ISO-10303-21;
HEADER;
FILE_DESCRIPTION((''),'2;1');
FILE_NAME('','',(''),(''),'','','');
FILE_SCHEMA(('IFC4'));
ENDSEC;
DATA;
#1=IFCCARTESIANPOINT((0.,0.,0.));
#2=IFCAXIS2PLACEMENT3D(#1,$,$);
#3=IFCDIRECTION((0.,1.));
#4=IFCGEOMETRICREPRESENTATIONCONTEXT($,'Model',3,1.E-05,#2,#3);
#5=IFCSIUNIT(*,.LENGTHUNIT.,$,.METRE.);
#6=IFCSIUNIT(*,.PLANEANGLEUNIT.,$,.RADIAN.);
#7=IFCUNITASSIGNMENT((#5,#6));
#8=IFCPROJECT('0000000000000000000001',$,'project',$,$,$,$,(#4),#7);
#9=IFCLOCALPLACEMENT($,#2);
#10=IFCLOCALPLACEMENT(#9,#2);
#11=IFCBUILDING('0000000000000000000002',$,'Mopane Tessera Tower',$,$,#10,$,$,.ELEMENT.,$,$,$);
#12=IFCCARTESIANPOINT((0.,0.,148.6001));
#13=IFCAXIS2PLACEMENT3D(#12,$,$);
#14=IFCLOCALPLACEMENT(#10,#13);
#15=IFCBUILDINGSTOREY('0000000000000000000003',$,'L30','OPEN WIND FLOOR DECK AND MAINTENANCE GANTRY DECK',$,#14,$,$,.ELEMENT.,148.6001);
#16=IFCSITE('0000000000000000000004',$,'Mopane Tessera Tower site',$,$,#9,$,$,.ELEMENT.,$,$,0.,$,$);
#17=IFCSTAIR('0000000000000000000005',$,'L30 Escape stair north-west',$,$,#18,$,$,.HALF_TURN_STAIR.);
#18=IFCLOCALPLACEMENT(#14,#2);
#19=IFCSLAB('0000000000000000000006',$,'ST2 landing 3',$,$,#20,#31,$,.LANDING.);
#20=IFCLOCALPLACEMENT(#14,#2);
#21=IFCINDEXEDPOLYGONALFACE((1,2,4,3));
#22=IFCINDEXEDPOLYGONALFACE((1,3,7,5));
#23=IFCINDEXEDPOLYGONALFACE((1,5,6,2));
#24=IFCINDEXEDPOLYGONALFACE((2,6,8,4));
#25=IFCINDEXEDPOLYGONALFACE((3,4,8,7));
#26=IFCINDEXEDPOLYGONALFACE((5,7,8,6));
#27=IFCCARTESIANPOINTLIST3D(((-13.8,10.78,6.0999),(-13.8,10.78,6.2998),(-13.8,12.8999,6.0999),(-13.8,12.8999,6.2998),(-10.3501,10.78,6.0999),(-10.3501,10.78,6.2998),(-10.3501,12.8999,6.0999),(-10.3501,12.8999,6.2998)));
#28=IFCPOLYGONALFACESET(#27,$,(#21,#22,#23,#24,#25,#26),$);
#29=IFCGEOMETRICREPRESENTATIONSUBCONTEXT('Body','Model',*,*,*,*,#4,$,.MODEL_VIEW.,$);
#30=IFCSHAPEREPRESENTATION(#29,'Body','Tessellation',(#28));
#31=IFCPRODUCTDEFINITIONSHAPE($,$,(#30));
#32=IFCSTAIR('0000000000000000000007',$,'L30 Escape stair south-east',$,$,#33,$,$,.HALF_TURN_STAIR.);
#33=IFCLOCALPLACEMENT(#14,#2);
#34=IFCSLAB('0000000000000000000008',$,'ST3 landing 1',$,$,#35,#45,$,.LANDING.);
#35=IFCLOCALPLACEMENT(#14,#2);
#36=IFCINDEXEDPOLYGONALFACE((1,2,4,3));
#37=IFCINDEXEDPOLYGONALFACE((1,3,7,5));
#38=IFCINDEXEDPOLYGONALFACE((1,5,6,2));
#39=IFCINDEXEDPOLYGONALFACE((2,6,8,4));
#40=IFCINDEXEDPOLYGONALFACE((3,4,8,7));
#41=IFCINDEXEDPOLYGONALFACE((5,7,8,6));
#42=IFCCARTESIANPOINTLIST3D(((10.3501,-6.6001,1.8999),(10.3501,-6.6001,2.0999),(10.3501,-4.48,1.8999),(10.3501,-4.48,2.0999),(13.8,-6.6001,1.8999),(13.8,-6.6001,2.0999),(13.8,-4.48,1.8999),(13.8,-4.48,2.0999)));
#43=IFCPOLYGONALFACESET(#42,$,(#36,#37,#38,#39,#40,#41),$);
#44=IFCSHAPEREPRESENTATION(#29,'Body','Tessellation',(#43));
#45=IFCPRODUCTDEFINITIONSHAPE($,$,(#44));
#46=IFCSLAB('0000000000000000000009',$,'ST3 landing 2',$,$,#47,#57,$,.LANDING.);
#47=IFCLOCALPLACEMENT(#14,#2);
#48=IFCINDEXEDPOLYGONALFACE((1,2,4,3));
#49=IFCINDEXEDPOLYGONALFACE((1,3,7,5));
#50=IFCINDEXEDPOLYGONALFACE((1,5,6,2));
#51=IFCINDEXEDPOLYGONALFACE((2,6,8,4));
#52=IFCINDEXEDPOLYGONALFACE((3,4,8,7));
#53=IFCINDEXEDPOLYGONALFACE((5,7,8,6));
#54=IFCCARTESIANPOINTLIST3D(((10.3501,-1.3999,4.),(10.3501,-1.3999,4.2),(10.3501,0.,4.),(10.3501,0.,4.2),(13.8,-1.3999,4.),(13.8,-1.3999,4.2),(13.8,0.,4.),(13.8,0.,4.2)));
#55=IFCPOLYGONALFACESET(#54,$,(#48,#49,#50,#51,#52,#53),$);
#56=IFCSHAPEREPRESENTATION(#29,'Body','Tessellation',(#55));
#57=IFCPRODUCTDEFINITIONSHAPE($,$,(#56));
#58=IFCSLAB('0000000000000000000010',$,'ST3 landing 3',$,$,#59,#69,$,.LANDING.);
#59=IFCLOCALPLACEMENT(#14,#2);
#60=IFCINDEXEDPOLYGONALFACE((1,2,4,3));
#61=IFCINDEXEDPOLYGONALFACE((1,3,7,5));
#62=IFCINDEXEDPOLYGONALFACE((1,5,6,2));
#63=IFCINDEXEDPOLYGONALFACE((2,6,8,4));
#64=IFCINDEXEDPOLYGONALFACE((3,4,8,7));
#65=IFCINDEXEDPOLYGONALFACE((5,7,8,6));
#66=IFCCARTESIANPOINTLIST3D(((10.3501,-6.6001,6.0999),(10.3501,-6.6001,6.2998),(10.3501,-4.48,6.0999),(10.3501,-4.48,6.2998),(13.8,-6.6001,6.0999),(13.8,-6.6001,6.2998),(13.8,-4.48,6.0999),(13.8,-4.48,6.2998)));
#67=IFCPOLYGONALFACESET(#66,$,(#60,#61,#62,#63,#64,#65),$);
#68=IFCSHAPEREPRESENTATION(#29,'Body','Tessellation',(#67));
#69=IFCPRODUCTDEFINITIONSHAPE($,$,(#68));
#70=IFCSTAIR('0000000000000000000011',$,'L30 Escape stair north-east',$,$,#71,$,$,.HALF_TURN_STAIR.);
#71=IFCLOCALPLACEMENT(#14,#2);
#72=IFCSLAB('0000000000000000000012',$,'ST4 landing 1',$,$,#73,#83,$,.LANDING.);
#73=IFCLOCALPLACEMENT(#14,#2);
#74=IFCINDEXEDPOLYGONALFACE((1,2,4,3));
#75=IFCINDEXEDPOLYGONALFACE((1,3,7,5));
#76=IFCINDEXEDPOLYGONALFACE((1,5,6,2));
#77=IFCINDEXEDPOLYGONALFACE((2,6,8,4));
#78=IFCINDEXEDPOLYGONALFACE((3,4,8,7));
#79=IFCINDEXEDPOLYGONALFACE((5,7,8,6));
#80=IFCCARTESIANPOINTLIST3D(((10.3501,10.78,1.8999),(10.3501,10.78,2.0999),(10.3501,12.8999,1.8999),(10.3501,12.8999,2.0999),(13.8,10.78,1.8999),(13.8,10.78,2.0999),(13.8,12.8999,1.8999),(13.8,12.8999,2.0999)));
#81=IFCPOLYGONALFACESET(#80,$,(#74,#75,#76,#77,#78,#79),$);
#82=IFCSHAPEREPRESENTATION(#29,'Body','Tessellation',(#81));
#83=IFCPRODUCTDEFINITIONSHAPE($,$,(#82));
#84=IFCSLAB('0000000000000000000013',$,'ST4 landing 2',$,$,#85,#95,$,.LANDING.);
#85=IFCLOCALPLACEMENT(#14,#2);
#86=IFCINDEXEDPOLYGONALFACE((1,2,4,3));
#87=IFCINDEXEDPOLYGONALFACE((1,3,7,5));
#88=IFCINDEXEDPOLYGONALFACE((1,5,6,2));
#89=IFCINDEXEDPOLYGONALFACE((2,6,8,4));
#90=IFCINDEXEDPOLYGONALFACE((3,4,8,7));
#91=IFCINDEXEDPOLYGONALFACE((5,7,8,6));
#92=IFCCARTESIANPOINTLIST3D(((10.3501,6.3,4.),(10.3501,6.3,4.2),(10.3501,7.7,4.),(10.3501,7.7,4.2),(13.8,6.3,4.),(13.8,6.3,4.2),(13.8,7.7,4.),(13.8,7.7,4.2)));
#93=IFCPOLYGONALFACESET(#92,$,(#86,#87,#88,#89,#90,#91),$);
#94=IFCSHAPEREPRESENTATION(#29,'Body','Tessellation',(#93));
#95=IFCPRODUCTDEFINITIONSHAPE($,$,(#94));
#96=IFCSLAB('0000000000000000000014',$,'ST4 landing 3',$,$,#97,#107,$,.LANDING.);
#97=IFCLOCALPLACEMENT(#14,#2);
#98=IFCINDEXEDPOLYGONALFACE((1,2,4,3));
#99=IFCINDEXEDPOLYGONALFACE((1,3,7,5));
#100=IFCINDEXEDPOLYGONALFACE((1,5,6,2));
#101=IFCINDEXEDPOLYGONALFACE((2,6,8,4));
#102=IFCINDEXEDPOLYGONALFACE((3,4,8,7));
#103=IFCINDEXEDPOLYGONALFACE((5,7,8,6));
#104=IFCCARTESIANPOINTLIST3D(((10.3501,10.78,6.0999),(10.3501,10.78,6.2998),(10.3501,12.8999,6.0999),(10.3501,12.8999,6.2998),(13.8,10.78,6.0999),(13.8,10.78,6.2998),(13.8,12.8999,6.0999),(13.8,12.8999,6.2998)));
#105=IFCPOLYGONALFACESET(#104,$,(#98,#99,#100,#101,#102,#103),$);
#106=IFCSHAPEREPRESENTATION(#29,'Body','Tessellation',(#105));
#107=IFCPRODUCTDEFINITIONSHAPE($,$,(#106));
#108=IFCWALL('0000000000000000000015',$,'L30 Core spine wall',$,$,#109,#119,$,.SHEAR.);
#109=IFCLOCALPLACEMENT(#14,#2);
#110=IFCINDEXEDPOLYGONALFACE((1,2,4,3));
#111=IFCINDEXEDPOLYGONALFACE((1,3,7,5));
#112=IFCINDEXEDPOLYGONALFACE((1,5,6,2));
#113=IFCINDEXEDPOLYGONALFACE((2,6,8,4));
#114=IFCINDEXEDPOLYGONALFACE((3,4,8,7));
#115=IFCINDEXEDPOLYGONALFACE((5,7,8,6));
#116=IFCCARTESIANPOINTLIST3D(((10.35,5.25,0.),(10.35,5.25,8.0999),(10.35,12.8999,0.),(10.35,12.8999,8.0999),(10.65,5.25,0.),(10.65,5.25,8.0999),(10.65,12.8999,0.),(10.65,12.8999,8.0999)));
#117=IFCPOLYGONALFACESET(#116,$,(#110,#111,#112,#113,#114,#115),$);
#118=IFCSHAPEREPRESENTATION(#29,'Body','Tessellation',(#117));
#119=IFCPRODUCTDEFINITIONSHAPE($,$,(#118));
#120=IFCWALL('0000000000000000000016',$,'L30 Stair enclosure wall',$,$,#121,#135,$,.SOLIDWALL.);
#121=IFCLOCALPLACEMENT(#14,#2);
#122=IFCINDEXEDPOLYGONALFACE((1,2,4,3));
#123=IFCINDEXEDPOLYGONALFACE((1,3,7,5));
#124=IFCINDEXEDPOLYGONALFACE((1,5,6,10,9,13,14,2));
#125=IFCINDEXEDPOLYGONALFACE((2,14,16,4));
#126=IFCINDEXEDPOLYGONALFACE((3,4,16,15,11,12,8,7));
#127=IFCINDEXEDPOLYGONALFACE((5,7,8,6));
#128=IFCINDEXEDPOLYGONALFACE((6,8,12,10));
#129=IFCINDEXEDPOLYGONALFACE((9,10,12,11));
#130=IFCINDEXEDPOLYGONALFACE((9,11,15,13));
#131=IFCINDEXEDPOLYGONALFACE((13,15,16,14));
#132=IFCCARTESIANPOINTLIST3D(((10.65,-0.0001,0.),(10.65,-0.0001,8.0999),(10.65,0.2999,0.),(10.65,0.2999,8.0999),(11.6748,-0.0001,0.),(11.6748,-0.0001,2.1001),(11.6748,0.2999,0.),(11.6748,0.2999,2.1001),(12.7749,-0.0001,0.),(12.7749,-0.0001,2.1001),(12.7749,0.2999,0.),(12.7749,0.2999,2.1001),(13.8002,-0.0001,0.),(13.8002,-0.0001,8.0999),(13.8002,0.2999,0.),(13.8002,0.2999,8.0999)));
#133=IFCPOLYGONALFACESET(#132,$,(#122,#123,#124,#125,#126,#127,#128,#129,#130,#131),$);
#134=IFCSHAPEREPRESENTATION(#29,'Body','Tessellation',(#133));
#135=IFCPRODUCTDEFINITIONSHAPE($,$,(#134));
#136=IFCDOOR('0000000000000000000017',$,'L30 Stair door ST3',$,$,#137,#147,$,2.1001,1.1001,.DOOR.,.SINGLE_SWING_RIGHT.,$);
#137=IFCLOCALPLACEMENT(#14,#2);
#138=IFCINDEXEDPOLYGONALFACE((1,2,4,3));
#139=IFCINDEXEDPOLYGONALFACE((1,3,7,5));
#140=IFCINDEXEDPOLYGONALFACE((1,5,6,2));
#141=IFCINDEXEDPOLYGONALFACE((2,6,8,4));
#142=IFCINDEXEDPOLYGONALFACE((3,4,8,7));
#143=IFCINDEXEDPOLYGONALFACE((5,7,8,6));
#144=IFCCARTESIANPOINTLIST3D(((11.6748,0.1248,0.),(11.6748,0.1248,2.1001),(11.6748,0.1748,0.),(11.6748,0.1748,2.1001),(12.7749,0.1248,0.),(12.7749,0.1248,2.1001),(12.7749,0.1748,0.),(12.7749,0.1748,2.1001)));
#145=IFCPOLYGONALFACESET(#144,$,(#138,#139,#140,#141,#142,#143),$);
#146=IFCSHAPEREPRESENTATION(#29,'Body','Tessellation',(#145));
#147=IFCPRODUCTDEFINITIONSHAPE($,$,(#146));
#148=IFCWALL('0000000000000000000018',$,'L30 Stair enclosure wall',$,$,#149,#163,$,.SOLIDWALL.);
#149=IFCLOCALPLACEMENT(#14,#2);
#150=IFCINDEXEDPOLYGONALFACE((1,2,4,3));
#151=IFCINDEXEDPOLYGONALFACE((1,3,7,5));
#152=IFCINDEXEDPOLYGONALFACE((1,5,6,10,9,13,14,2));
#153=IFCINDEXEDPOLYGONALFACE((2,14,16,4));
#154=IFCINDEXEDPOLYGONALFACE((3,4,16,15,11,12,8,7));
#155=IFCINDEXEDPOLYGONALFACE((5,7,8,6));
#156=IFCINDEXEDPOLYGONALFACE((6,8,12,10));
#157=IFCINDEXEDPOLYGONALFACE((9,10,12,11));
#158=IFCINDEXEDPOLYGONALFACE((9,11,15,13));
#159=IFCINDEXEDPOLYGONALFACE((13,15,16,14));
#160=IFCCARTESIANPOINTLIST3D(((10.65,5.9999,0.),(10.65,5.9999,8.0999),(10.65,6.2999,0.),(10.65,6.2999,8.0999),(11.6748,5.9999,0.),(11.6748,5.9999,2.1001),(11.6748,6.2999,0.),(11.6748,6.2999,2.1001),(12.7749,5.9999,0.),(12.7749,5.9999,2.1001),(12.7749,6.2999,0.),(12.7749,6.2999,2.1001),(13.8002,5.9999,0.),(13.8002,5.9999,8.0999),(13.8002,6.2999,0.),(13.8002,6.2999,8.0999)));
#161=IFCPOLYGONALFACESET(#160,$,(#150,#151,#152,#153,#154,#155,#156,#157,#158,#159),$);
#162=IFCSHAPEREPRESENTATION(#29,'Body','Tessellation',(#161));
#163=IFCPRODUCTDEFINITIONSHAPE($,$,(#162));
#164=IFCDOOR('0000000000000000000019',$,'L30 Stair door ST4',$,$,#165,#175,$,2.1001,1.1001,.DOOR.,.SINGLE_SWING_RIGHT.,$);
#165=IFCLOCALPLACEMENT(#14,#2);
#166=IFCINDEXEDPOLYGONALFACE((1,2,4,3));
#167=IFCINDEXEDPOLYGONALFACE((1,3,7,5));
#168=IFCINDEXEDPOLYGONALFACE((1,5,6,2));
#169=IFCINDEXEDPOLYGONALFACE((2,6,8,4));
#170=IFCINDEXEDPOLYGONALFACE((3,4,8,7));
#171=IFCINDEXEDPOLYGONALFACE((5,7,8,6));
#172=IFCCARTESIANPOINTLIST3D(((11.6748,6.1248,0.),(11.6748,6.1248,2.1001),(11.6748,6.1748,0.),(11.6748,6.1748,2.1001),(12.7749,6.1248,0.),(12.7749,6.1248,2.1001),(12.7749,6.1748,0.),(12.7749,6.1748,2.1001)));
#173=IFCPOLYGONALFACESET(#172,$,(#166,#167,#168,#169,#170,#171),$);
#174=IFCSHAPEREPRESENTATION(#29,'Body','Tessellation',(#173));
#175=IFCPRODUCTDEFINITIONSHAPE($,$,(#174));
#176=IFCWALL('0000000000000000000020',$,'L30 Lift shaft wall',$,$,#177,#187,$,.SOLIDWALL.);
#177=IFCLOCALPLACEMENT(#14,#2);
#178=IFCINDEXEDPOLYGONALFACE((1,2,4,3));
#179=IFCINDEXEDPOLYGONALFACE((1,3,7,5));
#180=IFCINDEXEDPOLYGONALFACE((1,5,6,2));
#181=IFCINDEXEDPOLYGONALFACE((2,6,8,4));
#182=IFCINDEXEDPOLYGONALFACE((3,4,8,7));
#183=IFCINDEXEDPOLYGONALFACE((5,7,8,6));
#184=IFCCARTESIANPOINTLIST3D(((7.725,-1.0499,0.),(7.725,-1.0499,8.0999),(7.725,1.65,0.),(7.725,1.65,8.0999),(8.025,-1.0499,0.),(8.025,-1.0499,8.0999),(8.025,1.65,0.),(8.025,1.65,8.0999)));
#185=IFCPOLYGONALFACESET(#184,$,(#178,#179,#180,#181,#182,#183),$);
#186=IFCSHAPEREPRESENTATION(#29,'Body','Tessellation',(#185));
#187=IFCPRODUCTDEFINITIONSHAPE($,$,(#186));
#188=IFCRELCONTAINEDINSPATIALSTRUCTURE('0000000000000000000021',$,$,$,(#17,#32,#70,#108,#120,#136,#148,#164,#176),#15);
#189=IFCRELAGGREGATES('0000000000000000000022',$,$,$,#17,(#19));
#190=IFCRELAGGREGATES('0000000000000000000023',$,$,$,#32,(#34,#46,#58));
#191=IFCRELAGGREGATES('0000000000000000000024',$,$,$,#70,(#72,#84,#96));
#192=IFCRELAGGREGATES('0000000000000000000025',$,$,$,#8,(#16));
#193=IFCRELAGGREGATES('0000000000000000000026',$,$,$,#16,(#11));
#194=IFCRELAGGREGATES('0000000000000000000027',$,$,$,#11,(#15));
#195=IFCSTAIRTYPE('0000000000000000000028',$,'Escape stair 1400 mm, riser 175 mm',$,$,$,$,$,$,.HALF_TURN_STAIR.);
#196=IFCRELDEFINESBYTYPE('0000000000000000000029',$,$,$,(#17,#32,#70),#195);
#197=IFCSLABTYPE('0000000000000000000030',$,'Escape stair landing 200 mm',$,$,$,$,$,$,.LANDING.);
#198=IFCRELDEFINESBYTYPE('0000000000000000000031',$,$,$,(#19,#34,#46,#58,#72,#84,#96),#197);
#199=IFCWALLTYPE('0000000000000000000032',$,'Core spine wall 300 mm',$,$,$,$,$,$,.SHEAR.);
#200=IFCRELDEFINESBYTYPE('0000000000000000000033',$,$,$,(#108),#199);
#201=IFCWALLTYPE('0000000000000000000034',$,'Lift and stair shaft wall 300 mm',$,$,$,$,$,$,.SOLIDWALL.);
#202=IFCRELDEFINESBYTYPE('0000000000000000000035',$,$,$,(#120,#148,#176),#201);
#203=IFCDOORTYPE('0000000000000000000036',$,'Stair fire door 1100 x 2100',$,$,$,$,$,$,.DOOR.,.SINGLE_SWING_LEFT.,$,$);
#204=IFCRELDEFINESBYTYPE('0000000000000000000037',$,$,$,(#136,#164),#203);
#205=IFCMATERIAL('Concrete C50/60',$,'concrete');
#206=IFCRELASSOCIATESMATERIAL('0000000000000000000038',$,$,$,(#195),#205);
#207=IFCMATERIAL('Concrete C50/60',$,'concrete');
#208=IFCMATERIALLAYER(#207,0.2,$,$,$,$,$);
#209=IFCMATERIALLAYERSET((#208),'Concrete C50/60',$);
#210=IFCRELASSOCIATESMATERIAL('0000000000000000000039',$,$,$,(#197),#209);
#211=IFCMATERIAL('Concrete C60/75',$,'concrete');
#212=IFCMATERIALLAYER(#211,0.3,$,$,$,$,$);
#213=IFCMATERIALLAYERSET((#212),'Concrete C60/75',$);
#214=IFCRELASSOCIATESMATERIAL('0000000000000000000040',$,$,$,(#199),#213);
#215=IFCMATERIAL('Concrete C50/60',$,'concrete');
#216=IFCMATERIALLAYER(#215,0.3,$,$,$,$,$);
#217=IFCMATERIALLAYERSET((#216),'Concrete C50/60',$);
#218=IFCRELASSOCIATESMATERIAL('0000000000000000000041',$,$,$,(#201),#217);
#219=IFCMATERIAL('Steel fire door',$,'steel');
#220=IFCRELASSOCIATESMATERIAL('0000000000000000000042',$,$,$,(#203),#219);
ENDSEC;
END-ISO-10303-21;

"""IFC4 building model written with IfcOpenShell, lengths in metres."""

from ifc_helpers import new_model, si_unit, direction, frame, frame_2d, origin, place, context, subcontext, project, spatial, polyline, rectangle, outline, extrude, material, layer, layer_set, type_object, element, fill, aggregate, save


model = new_model("IFC4")

# Units and contexts
model_context = context("Model", 3, precision=1e-05, world=origin(), true_north=direction((0.0, 1.0)))
body_context = subcontext(model_context, "Body", "Model", "MODEL_VIEW")
ifc_project = project(units=[si_unit("LENGTHUNIT", "METRE"), si_unit("PLANEANGLEUNIT", "RADIAN")], contexts=[model_context])

# Site, building, storey
site_placement = place(None, origin())
site = spatial("IfcSite", under=ifc_project, at=site_placement, Name="Mopane Tessera Tower site", CompositionType="ELEMENT", RefElevation=0.0)
building_placement = place(site_placement, origin())
building = spatial("IfcBuilding", under=site, at=building_placement, Name="Mopane Tessera Tower", CompositionType="ELEMENT")
storey_placement = place(building_placement, frame((0.0, 0.0, 148.6001)))
storey = spatial("IfcBuildingStorey", under=building, at=storey_placement, Name="L30", Description="OPEN WIND FLOOR DECK AND MAINTENANCE GANTRY DECK", CompositionType="ELEMENT", Elevation=148.6001)

# Stairs, slabs
ifc_material_1 = material(Name="Concrete C50/60", Category="concrete")
stair_type = type_object("IfcStairType", Name="Escape stair 1400 mm, riser 175 mm", PredefinedType="HALF_TURN_STAIR", material=ifc_material_1)
ifc_material_2 = material(Name="Concrete C50/60", Category="concrete")
ifc_layer_1 = layer(ifc_material_2, 0.2)
ifc_layer_set_1 = layer_set([ifc_layer_1], Name="Concrete C50/60")
slab_type_1 = type_object("IfcSlabType", Name="Escape stair landing 200 mm", PredefinedType="LANDING", material=ifc_layer_set_1)
stair_1_placement = place(storey_placement, origin())
stair_1 = element("IfcStair", 1, at=stair_1_placement, inside=storey, type_object=stair_type, Name="L30 Escape stair north-west", PredefinedType="HALF_TURN_STAIR")
slab_1_placement = place(storey_placement, frame((0.0, 0.0, 6.0999)))
slab_1 = element("IfcSlab", 2, at=slab_1_placement, type_object=slab_type_1, Name="ST2 landing 3", PredefinedType="LANDING", context=body_context, shape_type="SweptSolid", body=[
    extrude(outline(polyline([(-10.3501, 10.78), (-10.3501, 12.8999), (-13.8, 12.8999), (-13.8, 10.78), (-10.3501, 10.78)])), origin(), (0.0, 0.0, 1.0), 0.2),
])
aggregate(stair_1, [slab_1])
stair_2_placement = place(storey_placement, origin())
stair_2 = element("IfcStair", 3, at=stair_2_placement, inside=storey, type_object=stair_type, Name="L30 Escape stair south-east", PredefinedType="HALF_TURN_STAIR")
slab_2_placement = place(storey_placement, frame((0.0, 0.0, 1.8999)))
slab_2 = element("IfcSlab", 4, at=slab_2_placement, type_object=slab_type_1, Name="ST3 landing 1", PredefinedType="LANDING", context=body_context, shape_type="SweptSolid", body=[
    extrude(outline(polyline([(10.3501, -4.48), (10.3501, -6.6001), (13.8, -6.6001), (13.8, -4.48), (10.3501, -4.48)])), origin(), (0.0, 0.0, 1.0), 0.2),
])
slab_3_placement = place(storey_placement, frame((0.0, 0.0, 4.0)))
slab_3 = element("IfcSlab", 5, at=slab_3_placement, type_object=slab_type_1, Name="ST3 landing 2", PredefinedType="LANDING", context=body_context, shape_type="SweptSolid", body=[
    extrude(outline(polyline([(10.3501, 0.0), (10.3501, -1.3999), (13.8, -1.3999), (13.8, 0.0), (10.3501, 0.0)])), origin(), (0.0, 0.0, 1.0), 0.2),
])
slab_4_placement = place(storey_placement, frame((0.0, 0.0, 6.0999)))
slab_4 = element("IfcSlab", 6, at=slab_4_placement, type_object=slab_type_1, Name="ST3 landing 3", PredefinedType="LANDING", context=body_context, shape_type="SweptSolid", body=[
    extrude(outline(polyline([(10.3501, -4.48), (10.3501, -6.6001), (13.8, -6.6001), (13.8, -4.48), (10.3501, -4.48)])), origin(), (0.0, 0.0, 1.0), 0.2),
])
aggregate(stair_2, [slab_2, slab_3, slab_4])
stair_3_placement = place(storey_placement, origin())
stair_3 = element("IfcStair", 7, at=stair_3_placement, inside=storey, type_object=stair_type, Name="L30 Escape stair north-east", PredefinedType="HALF_TURN_STAIR")
slab_5_placement = place(storey_placement, frame((0.0, 0.0, 1.8999)))
slab_5 = element("IfcSlab", 8, at=slab_5_placement, type_object=slab_type_1, Name="ST4 landing 1", PredefinedType="LANDING", context=body_context, shape_type="SweptSolid", body=[
    extrude(outline(polyline([(13.8, 10.78), (13.8, 12.8999), (10.3501, 12.8999), (10.3501, 10.78), (13.8, 10.78)])), origin(), (0.0, 0.0, 1.0), 0.2),
])
slab_6_placement = place(storey_placement, frame((0.0, 0.0, 4.0)))
slab_6 = element("IfcSlab", 9, at=slab_6_placement, type_object=slab_type_1, Name="ST4 landing 2", PredefinedType="LANDING", context=body_context, shape_type="SweptSolid", body=[
    extrude(outline(polyline([(13.8, 6.3), (13.8, 7.7), (10.3501, 7.7), (10.3501, 6.3), (13.8, 6.3)])), origin(), (0.0, 0.0, 1.0), 0.2),
])
slab_7_placement = place(storey_placement, frame((0.0, 0.0, 6.0999)))
slab_7 = element("IfcSlab", 10, at=slab_7_placement, type_object=slab_type_1, Name="ST4 landing 3", PredefinedType="LANDING", context=body_context, shape_type="SweptSolid", body=[
    extrude(outline(polyline([(13.8, 10.78), (13.8, 12.8999), (10.3501, 12.8999), (10.3501, 10.78), (13.8, 10.78)])), origin(), (0.0, 0.0, 1.0), 0.2),
])
aggregate(stair_3, [slab_5, slab_6, slab_7])

# Wall
ifc_material_3 = material(Name="Concrete C60/75", Category="concrete")
ifc_layer_2 = layer(ifc_material_3, 0.3)
ifc_layer_set_2 = layer_set([ifc_layer_2], Name="Concrete C60/75")
wall_type_1 = type_object("IfcWallType", Name="Core spine wall 300 mm", PredefinedType="SHEAR", material=ifc_layer_set_2)
wall_1_placement = place(storey_placement, frame((10.5, 5.25, 0.0), z_axis=(0.0, 0.0, 1.0), x_axis=(0.0, 1.0, 0.0)))
element("IfcWall", 11, at=wall_1_placement, inside=storey, type_object=wall_type_1, Name="L30 Core spine wall", PredefinedType="SHEAR", context=body_context, shape_type="SweptSolid", body=[
    extrude(rectangle(XDim=7.6499, YDim=0.3, at=frame_2d((3.825, 0.0))), origin(), (0.0, 0.0, 1.0), 8.0999),
])

# Walls, openings, doors
ifc_material_4 = material(Name="Concrete C50/60", Category="concrete")
ifc_layer_3 = layer(ifc_material_4, 0.3)
ifc_layer_set_3 = layer_set([ifc_layer_3], Name="Concrete C50/60")
wall_type_2 = type_object("IfcWallType", Name="Lift and stair shaft wall 300 mm", PredefinedType="SOLIDWALL", material=ifc_layer_set_3)
wall_2_placement = place(storey_placement, frame((10.6499, 0.1499, 0.0), z_axis=(0.0, 0.0, 1.0), x_axis=(1.0, 0.0, 0.0)))
wall_2 = element("IfcWall", 12, at=wall_2_placement, inside=storey, type_object=wall_type_2, Name="L30 Stair enclosure wall", PredefinedType="SOLIDWALL", context=body_context, shape_type="SweptSolid", body=[
    extrude(rectangle(XDim=3.1501, YDim=0.3, at=frame_2d((1.5752, 0.0))), origin(), (0.0, 0.0, 1.0), 8.0999),
])
opening_1_placement = place(wall_2_placement, frame((1.0249, 0.0, 0.0)))
opening_1 = element("IfcOpeningElement", 13, at=opening_1_placement, cuts=wall_2, PredefinedType="OPENING", context=body_context, shape_type="SweptSolid", body=[
    extrude(rectangle(XDim=1.1001, YDim=2.1001, at=frame_2d((0.55, 1.05))), frame((0.0, 0.1621, 0.0), z_axis=(0.0, -1.0, 0.0), x_axis=(1.0, 0.0, 0.0)), (0.0, 0.0, 1.0), 0.324),
])
ifc_material_5 = material(Name="Steel fire door", Category="steel")
door_type = type_object("IfcDoorType", Name="Stair fire door 1100 x 2100", OperationType="SINGLE_SWING_LEFT", PredefinedType="DOOR", material=ifc_material_5)
door_1_placement = place(opening_1_placement, origin())
door_1 = element("IfcDoor", 14, at=door_1_placement, inside=storey, type_object=door_type, Name="L30 Stair door ST3", OperationType="SINGLE_SWING_RIGHT", OverallHeight=2.1001, OverallWidth=1.1001, PredefinedType="DOOR", context=body_context, shape_type="SweptSolid", body=[
    extrude(rectangle(XDim=1.1001, YDim=2.1001, at=frame_2d((0.55, 1.05))), frame((0.0, 0.0249, 0.0), z_axis=(0.0, -1.0, 0.0), x_axis=(1.0, 0.0, 0.0)), (0.0, 0.0, 1.0), 0.05),
])
fill(opening_1, door_1)
wall_3_placement = place(storey_placement, frame((10.6499, 6.1499, 0.0), z_axis=(0.0, 0.0, 1.0), x_axis=(1.0, 0.0, 0.0)))
wall_3 = element("IfcWall", 15, at=wall_3_placement, inside=storey, type_object=wall_type_2, Name="L30 Stair enclosure wall", PredefinedType="SOLIDWALL", context=body_context, shape_type="SweptSolid", body=[
    extrude(rectangle(XDim=3.1501, YDim=0.3, at=frame_2d((1.5752, 0.0))), origin(), (0.0, 0.0, 1.0), 8.0999),
])
opening_2_placement = place(wall_3_placement, frame((1.0249, 0.0, 0.0)))
opening_2 = element("IfcOpeningElement", 16, at=opening_2_placement, cuts=wall_3, PredefinedType="OPENING", context=body_context, shape_type="SweptSolid", body=[
    extrude(rectangle(XDim=1.1001, YDim=2.1001, at=frame_2d((0.55, 1.05))), frame((0.0, 0.1621, 0.0), z_axis=(0.0, -1.0, 0.0), x_axis=(1.0, 0.0, 0.0)), (0.0, 0.0, 1.0), 0.324),
])
door_2_placement = place(opening_2_placement, origin())
door_2 = element("IfcDoor", 17, at=door_2_placement, inside=storey, type_object=door_type, Name="L30 Stair door ST4", OperationType="SINGLE_SWING_RIGHT", OverallHeight=2.1001, OverallWidth=1.1001, PredefinedType="DOOR", context=body_context, shape_type="SweptSolid", body=[
    extrude(rectangle(XDim=1.1001, YDim=2.1001, at=frame_2d((0.55, 1.05))), frame((0.0, 0.0249, 0.0), z_axis=(0.0, -1.0, 0.0), x_axis=(1.0, 0.0, 0.0)), (0.0, 0.0, 1.0), 0.05),
])
fill(opening_2, door_2)

# Wall
for number, where, z_axis, x_axis, name in (
    (18, (7.875, -1.05, 0.0), (0.0, 0.0, 1.0), (0.0, 1.0, 0.0), "L30 Lift shaft wall"),
):
    element("IfcWall", number, at=place(storey_placement, frame(where, z_axis=z_axis, x_axis=x_axis)), inside=storey, type_object=wall_type_2, Name=name, PredefinedType="SOLIDWALL", context=body_context, shape_type="SweptSolid", body=[
        extrude(rectangle(XDim=2.7, YDim=0.3, at=frame_2d((1.3501, 0.0))), origin(), (0.0, 0.0, 1.0), 8.0999),
    ])

save(model, "model.ifc")
